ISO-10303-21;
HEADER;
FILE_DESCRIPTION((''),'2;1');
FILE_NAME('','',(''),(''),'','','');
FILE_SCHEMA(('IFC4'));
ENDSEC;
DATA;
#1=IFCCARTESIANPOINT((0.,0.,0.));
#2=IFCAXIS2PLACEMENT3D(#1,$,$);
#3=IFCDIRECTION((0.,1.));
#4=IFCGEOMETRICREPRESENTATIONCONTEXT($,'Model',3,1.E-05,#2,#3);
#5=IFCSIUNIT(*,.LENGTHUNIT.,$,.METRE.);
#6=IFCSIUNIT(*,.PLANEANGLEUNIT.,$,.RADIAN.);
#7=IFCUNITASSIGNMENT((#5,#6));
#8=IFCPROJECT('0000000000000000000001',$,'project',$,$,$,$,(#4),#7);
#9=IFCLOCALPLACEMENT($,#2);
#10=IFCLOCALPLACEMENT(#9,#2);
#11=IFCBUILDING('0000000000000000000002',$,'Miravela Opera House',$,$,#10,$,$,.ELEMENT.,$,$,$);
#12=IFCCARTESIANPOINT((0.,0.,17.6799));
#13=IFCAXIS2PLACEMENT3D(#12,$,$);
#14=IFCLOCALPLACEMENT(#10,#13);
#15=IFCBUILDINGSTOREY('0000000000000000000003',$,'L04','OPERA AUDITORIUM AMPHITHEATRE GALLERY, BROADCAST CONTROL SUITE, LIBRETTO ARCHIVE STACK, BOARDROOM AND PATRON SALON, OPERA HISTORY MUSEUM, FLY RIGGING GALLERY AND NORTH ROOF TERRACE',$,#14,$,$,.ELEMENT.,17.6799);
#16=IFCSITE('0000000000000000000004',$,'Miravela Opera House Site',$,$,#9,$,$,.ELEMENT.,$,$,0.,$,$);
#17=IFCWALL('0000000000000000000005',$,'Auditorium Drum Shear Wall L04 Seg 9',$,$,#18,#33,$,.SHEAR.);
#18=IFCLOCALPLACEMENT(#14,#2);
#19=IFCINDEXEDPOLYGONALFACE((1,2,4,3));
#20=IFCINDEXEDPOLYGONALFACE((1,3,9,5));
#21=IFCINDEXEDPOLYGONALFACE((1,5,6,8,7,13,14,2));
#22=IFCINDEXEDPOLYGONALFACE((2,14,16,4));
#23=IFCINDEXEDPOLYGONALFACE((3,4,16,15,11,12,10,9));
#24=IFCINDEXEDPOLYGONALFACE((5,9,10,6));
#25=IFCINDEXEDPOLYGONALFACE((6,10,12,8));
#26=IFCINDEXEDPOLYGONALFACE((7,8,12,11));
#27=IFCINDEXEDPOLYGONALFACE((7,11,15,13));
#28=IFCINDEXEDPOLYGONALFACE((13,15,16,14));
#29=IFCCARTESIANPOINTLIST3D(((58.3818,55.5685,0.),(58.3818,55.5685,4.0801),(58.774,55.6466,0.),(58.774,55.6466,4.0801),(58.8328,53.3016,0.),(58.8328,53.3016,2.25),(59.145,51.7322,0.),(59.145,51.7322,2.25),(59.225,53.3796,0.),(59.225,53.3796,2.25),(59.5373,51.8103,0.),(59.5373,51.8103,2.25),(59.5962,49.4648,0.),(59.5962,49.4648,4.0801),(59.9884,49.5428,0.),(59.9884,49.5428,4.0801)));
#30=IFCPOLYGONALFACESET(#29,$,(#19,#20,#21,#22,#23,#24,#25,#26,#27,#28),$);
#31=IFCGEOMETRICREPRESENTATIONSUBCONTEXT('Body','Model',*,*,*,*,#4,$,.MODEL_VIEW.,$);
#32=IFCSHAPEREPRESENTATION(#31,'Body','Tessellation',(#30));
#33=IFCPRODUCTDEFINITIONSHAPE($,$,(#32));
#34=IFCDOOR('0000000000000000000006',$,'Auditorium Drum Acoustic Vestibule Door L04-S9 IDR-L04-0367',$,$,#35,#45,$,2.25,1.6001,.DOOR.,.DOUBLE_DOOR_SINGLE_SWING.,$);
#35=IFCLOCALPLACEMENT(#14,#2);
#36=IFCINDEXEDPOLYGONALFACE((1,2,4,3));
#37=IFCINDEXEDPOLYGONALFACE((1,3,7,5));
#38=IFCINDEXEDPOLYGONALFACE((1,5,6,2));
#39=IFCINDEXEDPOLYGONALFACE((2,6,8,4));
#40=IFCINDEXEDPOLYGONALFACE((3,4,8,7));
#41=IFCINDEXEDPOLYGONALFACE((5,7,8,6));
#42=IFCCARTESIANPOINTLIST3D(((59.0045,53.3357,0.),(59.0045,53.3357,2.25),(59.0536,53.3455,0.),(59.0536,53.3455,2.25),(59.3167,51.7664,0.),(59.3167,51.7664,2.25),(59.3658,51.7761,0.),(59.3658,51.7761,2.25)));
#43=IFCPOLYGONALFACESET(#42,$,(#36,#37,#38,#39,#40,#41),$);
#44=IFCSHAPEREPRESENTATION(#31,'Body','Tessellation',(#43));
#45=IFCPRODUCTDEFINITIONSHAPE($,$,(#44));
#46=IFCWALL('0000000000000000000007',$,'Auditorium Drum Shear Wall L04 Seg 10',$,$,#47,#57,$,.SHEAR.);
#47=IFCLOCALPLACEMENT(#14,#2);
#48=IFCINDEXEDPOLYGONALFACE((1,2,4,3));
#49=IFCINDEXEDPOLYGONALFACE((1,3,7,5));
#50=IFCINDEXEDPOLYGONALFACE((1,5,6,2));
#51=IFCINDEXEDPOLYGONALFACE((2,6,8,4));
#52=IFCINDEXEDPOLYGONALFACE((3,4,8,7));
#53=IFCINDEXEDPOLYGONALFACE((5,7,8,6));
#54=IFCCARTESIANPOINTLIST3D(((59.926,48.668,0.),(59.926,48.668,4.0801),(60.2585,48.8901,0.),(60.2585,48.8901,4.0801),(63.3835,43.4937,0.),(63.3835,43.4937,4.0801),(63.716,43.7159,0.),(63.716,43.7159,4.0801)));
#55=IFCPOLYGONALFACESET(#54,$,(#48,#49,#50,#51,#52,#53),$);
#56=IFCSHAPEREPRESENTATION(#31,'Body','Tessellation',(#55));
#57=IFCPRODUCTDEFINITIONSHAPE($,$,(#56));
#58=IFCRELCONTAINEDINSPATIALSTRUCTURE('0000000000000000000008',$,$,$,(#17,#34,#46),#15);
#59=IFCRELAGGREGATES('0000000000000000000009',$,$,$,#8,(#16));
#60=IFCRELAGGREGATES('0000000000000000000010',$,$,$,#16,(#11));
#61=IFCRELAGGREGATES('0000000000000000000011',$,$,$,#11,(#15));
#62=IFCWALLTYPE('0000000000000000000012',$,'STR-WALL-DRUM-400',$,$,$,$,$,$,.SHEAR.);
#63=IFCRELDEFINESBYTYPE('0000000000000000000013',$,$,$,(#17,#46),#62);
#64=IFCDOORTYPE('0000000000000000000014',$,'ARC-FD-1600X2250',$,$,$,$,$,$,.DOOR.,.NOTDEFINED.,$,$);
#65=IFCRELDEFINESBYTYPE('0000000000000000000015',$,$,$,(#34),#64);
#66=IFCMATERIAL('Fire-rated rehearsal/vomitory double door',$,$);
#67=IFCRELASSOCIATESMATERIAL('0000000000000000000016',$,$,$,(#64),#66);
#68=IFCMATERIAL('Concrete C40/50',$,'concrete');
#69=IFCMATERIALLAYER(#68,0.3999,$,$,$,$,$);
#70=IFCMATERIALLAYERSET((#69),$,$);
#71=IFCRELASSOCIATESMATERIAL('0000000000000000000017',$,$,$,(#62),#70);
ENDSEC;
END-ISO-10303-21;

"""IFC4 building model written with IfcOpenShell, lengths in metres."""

from ifc_helpers import new_model, si_unit, direction, frame, frame_2d, origin, place, context, subcontext, project, spatial, rectangle, extrude, material, layer, layer_set, type_object, element, fill, save


model = new_model("IFC4")

# Units and contexts
model_context = context("Model", 3, precision=1e-05, world=origin(), true_north=direction((0.0, 1.0)))
body_context = subcontext(model_context, "Body", "Model", "MODEL_VIEW")
ifc_project = project(units=[si_unit("LENGTHUNIT", "METRE"), si_unit("PLANEANGLEUNIT", "RADIAN")], contexts=[model_context])

# Site, building, storey
site_placement = place(None, origin())
site = spatial("IfcSite", under=ifc_project, at=site_placement, Name="Miravela Opera House Site", CompositionType="ELEMENT", RefElevation=0.0)
building_placement = place(site_placement, origin())
building = spatial("IfcBuilding", under=site, at=building_placement, Name="Miravela Opera House", CompositionType="ELEMENT")
storey_placement = place(building_placement, frame((0.0, 0.0, 17.6799)))
storey = spatial("IfcBuildingStorey", under=building, at=storey_placement, Name="L04", Description="OPERA AUDITORIUM AMPHITHEATRE GALLERY, BROADCAST CONTROL SUITE, LIBRETTO ARCHIVE STACK, BOARDROOM AND PATRON SALON, OPERA HISTORY MUSEUM, FLY RIGGING GALLERY AND NORTH ROOF TERRACE", CompositionType="ELEMENT", Elevation=17.6799)

# Shared definitions
ifc_material_1 = material(Name="Concrete C40/50", Category="concrete")

# Shared definitions
ifc_material_2 = material(Name="Fire-rated rehearsal/vomitory double door")
door_type_1 = type_object("IfcDoorType", Name="ARC-FD-1600X2250", OperationType="NOTDEFINED", PredefinedType="DOOR", material=ifc_material_2)

# Wall, opening, door
ifc_layer_1 = layer(ifc_material_1, 0.3999)
ifc_layer_set_1 = layer_set([ifc_layer_1])
wall_type_1 = type_object("IfcWallType", Name="STR-WALL-DRUM-400", PredefinedType="SHEAR", material=ifc_layer_set_1)
wall_1_placement = place(storey_placement, frame((58.5779, 55.6077, 0.0), z_axis=(0.0, 0.0, 1.0), x_axis=(0.195128, -0.980778, 0.0)))
wall_1 = element("IfcWall", 1, at=wall_1_placement, inside=storey, type_object=wall_type_1, Name="Auditorium Drum Shear Wall L04 Seg 9", PredefinedType="SHEAR", context=body_context, shape_type="SweptSolid", body=[
    extrude(rectangle(XDim=6.2234, YDim=0.3999, at=frame_2d((3.1118, 0.0))), origin(), (0.0, 0.0, 1.0), 4.0801),
])
opening_1_placement = place(wall_1_placement, frame((2.3115, 0.0, 0.0)))
opening_1 = element("IfcOpeningElement", 2, at=opening_1_placement, cuts=wall_1, PredefinedType="OPENING", context=body_context, shape_type="SweptSolid", body=[
    extrude(rectangle(XDim=1.6001, YDim=2.25, at=frame_2d((0.8, 1.125))), frame((0.0, 0.21, 0.0), z_axis=(0.0, -1.0, 0.0), x_axis=(1.0, 0.0, 0.0)), (0.0, 0.0, 1.0), 0.4199),
])
door_1_placement = place(opening_1_placement, frame((1.6001, 0.0, 0.0), z_axis=(0.0, 0.0, 1.0), x_axis=(-1.0, 0.0, 0.0)))
door_1 = element("IfcDoor", 3, at=door_1_placement, inside=storey, type_object=door_type_1, Name="Auditorium Drum Acoustic Vestibule Door L04-S9 IDR-L04-0367", OperationType="DOUBLE_DOOR_SINGLE_SWING", OverallHeight=2.25, OverallWidth=1.6001, PredefinedType="DOOR", context=body_context, shape_type="SweptSolid", body=[
    extrude(rectangle(XDim=1.6001, YDim=2.25, at=frame_2d((0.8, 1.125))), frame((0.0, 0.0249, 0.0), z_axis=(0.0, -1.0, 0.0), x_axis=(1.0, 0.0, 0.0)), (0.0, 0.0, 1.0), 0.05),
])
fill(opening_1, door_1)

# Wall
wall_2_placement = place(storey_placement, frame((60.0923, 48.7791, 0.0), z_axis=(0.0, 0.0, 1.0), x_axis=(0.555587, -0.831458, 0.0)))
element("IfcWall", 4, at=wall_2_placement, inside=storey, type_object=wall_type_1, Name="Auditorium Drum Shear Wall L04 Seg 10", PredefinedType="SHEAR", context=body_context, shape_type="SweptSolid", body=[
    extrude(rectangle(XDim=6.2231, YDim=0.3999, at=frame_2d((3.1116, 0.0))), origin(), (0.0, 0.0, 1.0), 4.0801),
])

save(model, "model.ifc")
